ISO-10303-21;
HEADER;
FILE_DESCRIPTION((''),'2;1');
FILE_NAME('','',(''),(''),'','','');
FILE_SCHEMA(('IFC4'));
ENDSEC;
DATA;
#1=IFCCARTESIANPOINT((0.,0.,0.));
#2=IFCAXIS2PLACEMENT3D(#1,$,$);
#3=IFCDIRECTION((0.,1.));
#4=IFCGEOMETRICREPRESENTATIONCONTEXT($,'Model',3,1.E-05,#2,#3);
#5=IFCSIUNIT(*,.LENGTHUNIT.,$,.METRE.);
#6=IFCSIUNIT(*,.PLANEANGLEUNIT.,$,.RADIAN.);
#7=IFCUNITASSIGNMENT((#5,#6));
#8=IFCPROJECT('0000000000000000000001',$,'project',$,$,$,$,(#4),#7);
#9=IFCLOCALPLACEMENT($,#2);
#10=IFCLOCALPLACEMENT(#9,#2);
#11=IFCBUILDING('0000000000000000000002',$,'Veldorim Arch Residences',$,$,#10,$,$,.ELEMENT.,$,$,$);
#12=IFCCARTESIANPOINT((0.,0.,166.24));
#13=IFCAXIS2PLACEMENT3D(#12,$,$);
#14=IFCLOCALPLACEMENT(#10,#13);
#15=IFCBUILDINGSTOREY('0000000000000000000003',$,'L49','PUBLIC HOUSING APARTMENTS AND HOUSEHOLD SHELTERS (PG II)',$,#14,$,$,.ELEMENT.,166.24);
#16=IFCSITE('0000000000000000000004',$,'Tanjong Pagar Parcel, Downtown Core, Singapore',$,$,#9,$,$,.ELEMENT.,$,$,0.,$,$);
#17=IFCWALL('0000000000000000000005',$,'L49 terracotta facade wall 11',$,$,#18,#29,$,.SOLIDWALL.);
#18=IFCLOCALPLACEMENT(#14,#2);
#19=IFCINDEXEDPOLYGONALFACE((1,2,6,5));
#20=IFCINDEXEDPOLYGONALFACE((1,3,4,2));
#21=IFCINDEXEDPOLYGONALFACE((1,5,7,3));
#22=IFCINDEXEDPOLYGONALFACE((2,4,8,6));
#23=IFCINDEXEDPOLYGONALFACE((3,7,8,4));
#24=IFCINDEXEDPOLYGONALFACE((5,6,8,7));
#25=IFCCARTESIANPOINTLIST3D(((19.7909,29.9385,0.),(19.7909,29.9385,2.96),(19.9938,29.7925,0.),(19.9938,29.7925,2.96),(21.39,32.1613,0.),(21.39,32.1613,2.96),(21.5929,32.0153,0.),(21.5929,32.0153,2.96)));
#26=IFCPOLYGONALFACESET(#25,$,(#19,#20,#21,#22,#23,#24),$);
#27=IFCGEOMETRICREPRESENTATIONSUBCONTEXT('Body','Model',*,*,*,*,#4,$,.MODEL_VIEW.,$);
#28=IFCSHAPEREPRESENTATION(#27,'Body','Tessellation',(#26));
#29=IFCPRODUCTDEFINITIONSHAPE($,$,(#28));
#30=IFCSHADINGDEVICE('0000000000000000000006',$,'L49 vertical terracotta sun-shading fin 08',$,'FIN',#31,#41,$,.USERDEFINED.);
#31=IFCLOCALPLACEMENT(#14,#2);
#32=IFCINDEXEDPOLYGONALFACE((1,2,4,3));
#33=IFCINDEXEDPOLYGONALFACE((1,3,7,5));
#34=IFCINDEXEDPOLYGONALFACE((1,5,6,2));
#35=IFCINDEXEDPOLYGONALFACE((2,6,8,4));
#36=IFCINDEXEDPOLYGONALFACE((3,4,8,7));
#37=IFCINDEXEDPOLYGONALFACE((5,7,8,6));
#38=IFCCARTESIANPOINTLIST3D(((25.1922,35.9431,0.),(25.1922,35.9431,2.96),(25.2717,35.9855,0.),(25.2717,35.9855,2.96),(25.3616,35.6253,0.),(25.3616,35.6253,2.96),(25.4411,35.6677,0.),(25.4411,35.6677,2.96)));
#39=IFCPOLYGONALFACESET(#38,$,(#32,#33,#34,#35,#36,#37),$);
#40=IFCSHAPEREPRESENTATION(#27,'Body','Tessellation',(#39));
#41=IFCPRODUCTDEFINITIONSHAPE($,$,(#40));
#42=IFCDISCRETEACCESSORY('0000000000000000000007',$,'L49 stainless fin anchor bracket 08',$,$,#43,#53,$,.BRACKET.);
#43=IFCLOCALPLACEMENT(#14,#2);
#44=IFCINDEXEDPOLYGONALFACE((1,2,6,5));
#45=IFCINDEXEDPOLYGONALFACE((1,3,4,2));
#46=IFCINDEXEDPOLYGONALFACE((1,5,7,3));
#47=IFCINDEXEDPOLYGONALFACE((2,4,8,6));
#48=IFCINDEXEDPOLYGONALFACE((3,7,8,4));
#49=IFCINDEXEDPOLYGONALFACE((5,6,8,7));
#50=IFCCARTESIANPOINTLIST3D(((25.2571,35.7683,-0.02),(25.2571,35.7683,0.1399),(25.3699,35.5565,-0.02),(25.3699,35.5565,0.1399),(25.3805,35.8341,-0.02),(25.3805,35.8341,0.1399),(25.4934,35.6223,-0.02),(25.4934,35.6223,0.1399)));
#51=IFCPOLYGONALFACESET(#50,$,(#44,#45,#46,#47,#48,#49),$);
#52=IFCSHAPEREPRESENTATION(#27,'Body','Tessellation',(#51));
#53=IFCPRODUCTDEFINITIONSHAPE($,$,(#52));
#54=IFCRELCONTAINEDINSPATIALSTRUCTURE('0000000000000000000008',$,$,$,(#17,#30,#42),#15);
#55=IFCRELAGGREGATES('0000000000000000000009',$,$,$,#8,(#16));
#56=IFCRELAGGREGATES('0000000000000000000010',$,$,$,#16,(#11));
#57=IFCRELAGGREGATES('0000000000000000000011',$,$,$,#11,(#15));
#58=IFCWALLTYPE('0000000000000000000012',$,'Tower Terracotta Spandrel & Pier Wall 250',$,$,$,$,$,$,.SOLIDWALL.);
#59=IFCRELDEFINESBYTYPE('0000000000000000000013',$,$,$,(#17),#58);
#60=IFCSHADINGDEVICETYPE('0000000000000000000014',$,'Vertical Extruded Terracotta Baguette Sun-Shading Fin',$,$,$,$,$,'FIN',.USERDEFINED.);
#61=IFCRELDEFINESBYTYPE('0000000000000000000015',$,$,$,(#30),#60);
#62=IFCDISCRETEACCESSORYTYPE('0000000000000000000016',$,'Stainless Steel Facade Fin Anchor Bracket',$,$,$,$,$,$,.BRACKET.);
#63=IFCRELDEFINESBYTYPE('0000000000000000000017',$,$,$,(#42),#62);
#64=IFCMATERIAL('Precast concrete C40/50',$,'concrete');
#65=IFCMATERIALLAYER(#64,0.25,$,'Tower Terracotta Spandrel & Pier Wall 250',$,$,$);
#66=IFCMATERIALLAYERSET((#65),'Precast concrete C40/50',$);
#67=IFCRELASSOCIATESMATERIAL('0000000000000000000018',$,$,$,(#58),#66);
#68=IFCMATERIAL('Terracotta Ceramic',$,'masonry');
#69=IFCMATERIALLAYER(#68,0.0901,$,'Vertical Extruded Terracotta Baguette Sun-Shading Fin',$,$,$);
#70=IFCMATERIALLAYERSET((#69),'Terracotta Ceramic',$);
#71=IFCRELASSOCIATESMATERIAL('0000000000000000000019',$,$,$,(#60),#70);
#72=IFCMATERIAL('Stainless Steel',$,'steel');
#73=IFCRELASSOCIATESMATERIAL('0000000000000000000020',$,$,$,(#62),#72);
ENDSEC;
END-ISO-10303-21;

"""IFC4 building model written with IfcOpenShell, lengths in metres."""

from ifc_helpers import new_model, si_unit, direction, frame, frame_2d, origin, origin_2d, place, context, subcontext, project, spatial, rectangle, extrude, material, layer, layer_set, type_object, element, save


model = new_model("IFC4")

# Units and contexts
model_context = context("Model", 3, precision=1e-05, world=origin(), true_north=direction((0.0, 1.0)))
body_context = subcontext(model_context, "Body", "Model", "MODEL_VIEW")
ifc_project = project(units=[si_unit("LENGTHUNIT", "METRE"), si_unit("PLANEANGLEUNIT", "RADIAN")], contexts=[model_context])

# Site, building, storey
site_placement = place(None, origin())
site = spatial("IfcSite", under=ifc_project, at=site_placement, Name="Tanjong Pagar Parcel, Downtown Core, Singapore", CompositionType="ELEMENT", RefElevation=0.0)
building_placement = place(site_placement, origin())
building = spatial("IfcBuilding", under=site, at=building_placement, Name="Veldorim Arch Residences", CompositionType="ELEMENT")
storey_placement = place(building_placement, frame((0.0, 0.0, 166.24)))
storey = spatial("IfcBuildingStorey", under=building, at=storey_placement, Name="L49", Description="PUBLIC HOUSING APARTMENTS AND HOUSEHOLD SHELTERS (PG II)", CompositionType="ELEMENT", Elevation=166.24)

# Shared definitions
ifc_material_1 = material(Name="Precast concrete C40/50", Category="concrete")
ifc_layer_1 = layer(ifc_material_1, 0.25, Name="Tower Terracotta Spandrel & Pier Wall 250")
ifc_layer_set_1 = layer_set([ifc_layer_1], Name="Precast concrete C40/50")
wall_type_1 = type_object("IfcWallType", Name="Tower Terracotta Spandrel & Pier Wall 250", PredefinedType="SOLIDWALL", material=ifc_layer_set_1)

# Wall
wall_1_placement = place(storey_placement, frame((19.8923, 29.8655, 0.0), z_axis=(0.0, 0.0, 1.0), x_axis=(0.583976, 0.811771, 0.0)))
element("IfcWall", 1, at=wall_1_placement, inside=storey, type_object=wall_type_1, Name="L49 terracotta facade wall 11", PredefinedType="SOLIDWALL", context=body_context, shape_type="SweptSolid", body=[
    extrude(rectangle(XDim=2.7383, YDim=0.25, at=frame_2d((1.3691, 0.0))), origin(), (0.0, 0.0, 1.0), 2.96),
])

# Shading device
ifc_material_2 = material(Name="Terracotta Ceramic", Category="masonry")
ifc_layer_2 = layer(ifc_material_2, 0.0901, Name="Vertical Extruded Terracotta Baguette Sun-Shading Fin")
ifc_layer_set_2 = layer_set([ifc_layer_2], Name="Terracotta Ceramic")
shading_device_type = type_object("IfcShadingDeviceType", Name="Vertical Extruded Terracotta Baguette Sun-Shading Fin", ElementType="FIN", PredefinedType="USERDEFINED", material=ifc_layer_set_2)
shading_device_placement = place(storey_placement, frame((25.3167, 35.8054, 0.0), z_axis=(0.0, 0.0, 1.0), x_axis=(0.882538, 0.470242, 0.0)))
element("IfcShadingDevice", 2, at=shading_device_placement, inside=storey, type_object=shading_device_type, Name="L49 vertical terracotta sun-shading fin 08", ObjectType="FIN", PredefinedType="USERDEFINED", context=body_context, shape_type="SweptSolid", body=[
    extrude(rectangle(XDim=0.0901, YDim=0.3601, at=origin_2d()), origin(), (0.0, 0.0, 1.0), 2.96),
])

# Discrete accessory
ifc_material_3 = material(Name="Stainless Steel", Category="steel")
discrete_accessory_type = type_object("IfcDiscreteAccessoryType", Name="Stainless Steel Facade Fin Anchor Bracket", PredefinedType="BRACKET", material=ifc_material_3)
discrete_accessory_placement = place(storey_placement, frame((25.3752, 35.6953, -0.02), z_axis=(0.0, 0.0, 1.0), x_axis=(0.882538, 0.470242, 0.0)))
element("IfcDiscreteAccessory", 3, at=discrete_accessory_placement, inside=storey, type_object=discrete_accessory_type, Name="L49 stainless fin anchor bracket 08", PredefinedType="BRACKET", context=body_context, shape_type="SweptSolid", body=[
    extrude(rectangle(XDim=0.1399, YDim=0.24, at=origin_2d()), origin(), (0.0, 0.0, 1.0), 0.1599),
])

save(model, "model.ifc")
